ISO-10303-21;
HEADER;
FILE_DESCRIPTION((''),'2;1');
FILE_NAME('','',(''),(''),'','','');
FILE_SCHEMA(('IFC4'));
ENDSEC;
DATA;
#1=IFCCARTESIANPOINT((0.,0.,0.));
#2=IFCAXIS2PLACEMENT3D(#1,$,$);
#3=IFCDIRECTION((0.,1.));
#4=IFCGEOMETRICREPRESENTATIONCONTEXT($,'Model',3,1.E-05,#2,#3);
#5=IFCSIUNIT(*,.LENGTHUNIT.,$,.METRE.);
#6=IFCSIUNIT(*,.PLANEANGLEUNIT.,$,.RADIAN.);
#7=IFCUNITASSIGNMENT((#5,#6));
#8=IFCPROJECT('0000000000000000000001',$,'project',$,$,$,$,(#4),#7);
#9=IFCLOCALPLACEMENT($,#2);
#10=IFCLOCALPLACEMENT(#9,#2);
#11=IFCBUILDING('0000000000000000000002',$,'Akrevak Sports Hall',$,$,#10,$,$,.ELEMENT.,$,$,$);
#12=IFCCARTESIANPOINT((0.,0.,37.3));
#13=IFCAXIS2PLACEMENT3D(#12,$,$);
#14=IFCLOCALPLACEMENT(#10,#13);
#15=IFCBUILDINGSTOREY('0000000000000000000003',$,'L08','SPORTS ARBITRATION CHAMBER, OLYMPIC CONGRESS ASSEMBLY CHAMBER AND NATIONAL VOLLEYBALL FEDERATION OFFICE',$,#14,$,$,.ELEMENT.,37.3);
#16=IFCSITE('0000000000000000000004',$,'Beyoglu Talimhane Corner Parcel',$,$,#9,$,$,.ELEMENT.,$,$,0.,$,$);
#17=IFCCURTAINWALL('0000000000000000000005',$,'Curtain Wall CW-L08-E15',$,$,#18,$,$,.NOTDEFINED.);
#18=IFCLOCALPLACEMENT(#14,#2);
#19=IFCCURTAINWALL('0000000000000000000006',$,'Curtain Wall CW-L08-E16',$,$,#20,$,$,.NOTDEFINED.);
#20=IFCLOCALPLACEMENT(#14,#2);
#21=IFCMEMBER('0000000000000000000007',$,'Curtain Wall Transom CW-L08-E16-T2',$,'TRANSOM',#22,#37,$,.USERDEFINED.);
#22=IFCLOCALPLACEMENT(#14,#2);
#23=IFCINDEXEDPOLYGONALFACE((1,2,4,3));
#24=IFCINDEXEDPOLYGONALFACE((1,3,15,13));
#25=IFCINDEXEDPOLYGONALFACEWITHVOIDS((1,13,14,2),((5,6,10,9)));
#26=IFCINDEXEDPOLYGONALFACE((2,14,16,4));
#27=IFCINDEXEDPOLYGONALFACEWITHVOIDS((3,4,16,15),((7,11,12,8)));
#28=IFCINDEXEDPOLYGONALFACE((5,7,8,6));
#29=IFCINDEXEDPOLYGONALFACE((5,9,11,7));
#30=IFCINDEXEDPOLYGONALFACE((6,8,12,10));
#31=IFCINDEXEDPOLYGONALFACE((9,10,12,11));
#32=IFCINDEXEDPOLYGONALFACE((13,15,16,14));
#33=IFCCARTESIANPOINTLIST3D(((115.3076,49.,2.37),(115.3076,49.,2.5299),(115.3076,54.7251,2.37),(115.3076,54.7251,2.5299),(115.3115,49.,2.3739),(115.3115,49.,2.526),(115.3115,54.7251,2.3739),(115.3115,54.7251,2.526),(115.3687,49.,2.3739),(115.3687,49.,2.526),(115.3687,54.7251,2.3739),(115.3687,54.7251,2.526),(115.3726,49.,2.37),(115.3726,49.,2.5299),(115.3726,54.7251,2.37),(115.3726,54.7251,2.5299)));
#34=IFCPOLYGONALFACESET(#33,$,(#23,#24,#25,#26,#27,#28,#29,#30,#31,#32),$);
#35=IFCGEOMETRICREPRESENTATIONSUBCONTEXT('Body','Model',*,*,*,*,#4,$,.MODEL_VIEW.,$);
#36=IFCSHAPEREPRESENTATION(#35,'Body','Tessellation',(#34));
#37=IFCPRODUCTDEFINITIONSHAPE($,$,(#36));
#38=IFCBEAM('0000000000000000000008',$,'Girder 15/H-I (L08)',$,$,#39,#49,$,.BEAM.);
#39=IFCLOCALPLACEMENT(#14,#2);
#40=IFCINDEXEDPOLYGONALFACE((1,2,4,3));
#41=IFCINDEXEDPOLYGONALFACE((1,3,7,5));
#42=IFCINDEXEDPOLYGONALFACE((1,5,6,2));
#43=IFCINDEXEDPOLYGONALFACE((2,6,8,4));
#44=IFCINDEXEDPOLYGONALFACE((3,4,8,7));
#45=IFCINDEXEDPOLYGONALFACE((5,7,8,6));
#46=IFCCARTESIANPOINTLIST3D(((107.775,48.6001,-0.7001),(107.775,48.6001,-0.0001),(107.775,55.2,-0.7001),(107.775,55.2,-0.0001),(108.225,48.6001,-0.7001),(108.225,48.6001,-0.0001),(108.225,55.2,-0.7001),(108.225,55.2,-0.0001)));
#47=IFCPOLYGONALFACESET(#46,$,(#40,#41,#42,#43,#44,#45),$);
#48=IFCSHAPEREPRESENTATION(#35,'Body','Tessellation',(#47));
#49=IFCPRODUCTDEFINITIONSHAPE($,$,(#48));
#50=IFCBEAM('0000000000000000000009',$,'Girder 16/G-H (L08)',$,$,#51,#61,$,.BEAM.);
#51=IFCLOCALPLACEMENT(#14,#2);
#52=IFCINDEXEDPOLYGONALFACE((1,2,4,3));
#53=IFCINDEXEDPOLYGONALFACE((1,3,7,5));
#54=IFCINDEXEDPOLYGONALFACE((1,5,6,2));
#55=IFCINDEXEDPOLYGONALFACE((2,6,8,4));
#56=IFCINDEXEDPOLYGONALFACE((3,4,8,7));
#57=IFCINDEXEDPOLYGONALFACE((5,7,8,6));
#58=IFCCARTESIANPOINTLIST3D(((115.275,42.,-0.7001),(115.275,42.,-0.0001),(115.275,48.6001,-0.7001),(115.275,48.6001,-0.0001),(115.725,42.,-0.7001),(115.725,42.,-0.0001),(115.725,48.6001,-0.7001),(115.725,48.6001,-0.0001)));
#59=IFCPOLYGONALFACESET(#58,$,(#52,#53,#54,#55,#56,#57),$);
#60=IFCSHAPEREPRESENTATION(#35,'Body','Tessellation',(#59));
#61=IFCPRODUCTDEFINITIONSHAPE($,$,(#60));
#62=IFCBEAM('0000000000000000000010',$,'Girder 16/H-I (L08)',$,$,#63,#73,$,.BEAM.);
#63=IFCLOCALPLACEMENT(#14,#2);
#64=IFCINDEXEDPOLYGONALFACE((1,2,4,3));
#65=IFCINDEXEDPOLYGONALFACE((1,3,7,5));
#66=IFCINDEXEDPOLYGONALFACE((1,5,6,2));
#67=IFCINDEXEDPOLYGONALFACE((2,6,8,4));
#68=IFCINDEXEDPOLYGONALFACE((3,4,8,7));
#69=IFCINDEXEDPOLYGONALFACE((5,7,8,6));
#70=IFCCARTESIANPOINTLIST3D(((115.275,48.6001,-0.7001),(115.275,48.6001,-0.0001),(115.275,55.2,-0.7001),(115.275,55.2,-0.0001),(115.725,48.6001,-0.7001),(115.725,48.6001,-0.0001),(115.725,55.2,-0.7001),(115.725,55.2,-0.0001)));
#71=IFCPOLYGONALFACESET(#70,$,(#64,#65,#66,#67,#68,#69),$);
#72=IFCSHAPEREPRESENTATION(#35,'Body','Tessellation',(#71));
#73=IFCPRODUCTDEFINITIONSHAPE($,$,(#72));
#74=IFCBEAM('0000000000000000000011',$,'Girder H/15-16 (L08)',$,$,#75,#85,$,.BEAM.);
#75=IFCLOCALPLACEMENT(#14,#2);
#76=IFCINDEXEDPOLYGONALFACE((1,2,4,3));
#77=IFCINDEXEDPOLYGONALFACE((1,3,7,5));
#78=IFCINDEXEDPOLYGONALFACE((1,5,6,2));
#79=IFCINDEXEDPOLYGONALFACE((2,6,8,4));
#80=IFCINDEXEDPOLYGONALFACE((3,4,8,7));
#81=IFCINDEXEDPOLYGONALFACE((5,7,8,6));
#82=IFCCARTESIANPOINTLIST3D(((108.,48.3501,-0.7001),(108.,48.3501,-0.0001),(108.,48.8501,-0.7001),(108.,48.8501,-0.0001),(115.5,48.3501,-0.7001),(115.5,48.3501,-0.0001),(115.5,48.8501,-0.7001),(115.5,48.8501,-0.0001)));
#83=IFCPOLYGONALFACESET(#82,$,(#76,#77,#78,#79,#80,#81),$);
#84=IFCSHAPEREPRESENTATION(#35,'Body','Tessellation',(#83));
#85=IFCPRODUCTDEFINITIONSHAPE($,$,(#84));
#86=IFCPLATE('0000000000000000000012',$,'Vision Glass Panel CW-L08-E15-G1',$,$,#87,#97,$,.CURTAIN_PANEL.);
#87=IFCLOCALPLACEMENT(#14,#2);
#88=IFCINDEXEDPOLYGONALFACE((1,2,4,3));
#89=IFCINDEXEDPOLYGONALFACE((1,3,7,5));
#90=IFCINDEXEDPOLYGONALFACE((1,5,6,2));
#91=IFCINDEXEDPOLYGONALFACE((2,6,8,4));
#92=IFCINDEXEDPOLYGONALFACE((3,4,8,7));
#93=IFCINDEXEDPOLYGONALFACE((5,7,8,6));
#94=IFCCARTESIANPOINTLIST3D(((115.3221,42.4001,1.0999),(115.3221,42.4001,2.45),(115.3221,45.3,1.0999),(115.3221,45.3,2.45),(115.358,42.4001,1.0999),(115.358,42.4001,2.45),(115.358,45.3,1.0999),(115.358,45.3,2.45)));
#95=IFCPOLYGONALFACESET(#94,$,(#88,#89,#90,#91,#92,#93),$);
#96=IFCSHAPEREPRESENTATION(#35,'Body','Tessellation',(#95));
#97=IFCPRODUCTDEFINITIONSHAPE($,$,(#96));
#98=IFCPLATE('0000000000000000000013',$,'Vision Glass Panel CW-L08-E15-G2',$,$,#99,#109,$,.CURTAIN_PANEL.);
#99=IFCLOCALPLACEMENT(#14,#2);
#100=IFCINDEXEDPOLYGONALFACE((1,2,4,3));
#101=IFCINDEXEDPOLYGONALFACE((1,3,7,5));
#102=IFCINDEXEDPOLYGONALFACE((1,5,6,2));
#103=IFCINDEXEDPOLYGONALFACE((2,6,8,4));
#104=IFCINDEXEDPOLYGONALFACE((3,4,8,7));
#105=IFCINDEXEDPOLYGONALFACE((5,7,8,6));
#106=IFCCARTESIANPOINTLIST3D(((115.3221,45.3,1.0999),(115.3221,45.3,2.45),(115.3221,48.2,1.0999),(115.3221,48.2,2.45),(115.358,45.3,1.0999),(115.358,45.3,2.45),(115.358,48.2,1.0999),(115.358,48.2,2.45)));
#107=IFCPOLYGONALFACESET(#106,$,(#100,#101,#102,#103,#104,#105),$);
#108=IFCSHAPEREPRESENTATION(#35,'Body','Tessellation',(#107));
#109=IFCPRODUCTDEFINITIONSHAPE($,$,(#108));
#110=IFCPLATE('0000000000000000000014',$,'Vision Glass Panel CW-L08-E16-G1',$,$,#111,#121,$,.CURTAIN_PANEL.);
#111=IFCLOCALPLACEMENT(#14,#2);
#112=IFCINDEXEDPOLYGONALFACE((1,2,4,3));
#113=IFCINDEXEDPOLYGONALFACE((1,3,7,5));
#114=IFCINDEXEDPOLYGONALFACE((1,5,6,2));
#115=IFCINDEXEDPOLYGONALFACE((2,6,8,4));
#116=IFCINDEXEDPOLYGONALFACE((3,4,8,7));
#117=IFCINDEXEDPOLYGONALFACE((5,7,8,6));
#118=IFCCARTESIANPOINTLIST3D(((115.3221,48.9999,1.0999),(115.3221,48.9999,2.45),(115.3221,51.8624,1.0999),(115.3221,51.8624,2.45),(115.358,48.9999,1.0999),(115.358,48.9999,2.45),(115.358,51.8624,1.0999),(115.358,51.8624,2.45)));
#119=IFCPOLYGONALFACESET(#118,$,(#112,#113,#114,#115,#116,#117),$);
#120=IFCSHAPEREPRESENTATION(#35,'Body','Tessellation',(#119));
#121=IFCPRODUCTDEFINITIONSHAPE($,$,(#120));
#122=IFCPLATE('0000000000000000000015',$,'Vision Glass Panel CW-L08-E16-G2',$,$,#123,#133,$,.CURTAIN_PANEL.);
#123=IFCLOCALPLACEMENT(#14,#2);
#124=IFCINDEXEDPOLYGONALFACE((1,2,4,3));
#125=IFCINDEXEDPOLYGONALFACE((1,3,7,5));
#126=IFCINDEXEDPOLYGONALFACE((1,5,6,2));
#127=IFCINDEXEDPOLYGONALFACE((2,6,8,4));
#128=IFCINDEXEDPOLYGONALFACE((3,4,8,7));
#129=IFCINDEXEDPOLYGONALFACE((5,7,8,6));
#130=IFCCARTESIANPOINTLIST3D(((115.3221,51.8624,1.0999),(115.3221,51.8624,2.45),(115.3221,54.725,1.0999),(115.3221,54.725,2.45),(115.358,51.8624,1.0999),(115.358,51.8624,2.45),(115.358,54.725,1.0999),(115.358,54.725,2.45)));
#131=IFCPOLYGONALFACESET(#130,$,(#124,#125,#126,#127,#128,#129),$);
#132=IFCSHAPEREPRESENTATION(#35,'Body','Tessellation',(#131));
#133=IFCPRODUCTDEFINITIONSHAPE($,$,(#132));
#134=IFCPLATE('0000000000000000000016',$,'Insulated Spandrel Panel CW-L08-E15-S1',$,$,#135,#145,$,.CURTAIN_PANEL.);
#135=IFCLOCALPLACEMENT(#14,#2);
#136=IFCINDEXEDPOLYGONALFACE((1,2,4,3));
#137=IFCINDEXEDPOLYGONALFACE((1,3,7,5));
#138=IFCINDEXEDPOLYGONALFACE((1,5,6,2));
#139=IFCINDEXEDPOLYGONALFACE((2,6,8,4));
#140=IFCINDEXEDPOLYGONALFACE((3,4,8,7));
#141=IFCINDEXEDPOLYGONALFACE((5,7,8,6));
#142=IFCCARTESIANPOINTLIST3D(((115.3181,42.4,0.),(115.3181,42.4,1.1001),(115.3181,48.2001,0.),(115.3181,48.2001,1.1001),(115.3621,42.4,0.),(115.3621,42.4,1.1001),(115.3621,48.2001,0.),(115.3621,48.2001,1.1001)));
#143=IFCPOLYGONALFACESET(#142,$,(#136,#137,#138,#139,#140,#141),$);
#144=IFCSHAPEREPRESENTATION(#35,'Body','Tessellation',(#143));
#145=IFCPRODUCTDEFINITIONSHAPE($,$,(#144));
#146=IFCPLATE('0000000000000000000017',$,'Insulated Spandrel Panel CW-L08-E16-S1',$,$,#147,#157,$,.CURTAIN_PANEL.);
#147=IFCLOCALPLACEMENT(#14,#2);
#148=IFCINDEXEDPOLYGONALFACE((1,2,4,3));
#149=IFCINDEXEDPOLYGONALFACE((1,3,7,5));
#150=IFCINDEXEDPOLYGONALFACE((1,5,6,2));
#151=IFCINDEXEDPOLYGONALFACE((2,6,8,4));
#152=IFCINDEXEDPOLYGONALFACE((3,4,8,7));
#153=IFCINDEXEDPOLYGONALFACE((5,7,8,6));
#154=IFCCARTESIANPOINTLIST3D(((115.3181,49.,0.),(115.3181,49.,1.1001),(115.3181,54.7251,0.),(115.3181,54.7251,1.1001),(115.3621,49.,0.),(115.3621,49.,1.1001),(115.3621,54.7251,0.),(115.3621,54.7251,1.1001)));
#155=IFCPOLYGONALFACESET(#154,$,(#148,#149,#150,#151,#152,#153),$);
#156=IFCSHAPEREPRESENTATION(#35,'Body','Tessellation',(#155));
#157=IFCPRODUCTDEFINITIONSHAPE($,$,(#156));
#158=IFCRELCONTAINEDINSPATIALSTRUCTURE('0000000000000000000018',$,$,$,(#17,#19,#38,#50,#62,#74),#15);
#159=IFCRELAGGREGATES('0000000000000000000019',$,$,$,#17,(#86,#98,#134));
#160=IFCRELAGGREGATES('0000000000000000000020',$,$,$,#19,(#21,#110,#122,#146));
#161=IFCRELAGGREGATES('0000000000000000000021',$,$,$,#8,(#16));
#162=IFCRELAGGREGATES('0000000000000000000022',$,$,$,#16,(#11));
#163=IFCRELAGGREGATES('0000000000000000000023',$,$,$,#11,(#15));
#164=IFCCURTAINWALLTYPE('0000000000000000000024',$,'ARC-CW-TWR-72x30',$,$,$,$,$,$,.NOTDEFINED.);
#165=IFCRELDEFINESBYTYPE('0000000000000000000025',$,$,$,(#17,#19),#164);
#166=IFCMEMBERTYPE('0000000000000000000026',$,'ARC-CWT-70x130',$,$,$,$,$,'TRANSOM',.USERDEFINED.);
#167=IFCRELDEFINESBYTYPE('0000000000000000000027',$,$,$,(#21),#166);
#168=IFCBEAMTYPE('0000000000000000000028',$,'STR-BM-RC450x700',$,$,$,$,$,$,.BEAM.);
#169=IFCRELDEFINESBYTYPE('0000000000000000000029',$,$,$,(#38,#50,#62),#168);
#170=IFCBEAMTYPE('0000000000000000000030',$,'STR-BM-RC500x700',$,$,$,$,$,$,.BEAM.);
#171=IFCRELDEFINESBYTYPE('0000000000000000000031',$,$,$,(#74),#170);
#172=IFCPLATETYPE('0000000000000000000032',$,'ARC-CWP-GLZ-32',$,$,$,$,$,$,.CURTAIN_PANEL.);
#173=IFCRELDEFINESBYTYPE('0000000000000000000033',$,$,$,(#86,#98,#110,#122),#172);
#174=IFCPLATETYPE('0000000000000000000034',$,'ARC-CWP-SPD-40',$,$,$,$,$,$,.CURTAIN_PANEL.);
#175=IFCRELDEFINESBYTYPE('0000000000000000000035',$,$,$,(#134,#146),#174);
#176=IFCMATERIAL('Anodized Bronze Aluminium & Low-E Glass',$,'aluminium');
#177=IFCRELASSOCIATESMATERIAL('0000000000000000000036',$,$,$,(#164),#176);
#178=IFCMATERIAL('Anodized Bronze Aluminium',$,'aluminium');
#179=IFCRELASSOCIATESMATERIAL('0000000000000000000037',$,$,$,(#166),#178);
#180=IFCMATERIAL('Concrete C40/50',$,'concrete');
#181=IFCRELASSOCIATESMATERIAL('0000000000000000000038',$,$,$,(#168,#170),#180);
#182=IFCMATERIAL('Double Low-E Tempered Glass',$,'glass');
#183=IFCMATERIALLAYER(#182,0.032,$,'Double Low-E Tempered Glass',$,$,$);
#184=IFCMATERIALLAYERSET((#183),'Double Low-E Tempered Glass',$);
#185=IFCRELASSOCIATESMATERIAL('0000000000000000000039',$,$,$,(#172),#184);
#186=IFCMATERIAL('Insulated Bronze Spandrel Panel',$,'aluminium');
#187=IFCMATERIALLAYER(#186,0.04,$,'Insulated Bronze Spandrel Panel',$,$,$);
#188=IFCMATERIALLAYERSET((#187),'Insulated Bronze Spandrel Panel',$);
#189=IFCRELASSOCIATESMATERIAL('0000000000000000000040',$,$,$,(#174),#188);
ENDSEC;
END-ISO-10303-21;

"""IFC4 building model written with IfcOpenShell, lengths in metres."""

from ifc_helpers import new_model, si_unit, direction, frame, origin, origin_2d, place, context, subcontext, project, spatial, rectangle, hollow_rectangle, extrude, material, layer, layer_set, material_profile, profile_set, type_object, element, aggregate, save


model = new_model("IFC4")

# Units and contexts
model_context = context("Model", 3, precision=1e-05, world=origin(), true_north=direction((0.0, 1.0)))
body_context = subcontext(model_context, "Body", "Model", "MODEL_VIEW")
ifc_project = project(units=[si_unit("LENGTHUNIT", "METRE"), si_unit("PLANEANGLEUNIT", "RADIAN")], contexts=[model_context])

# Site, building, storey
site_placement = place(None, origin())
site = spatial("IfcSite", under=ifc_project, at=site_placement, Name="Beyoglu Talimhane Corner Parcel", CompositionType="ELEMENT", RefElevation=0.0)
building_placement = place(site_placement, origin())
building = spatial("IfcBuilding", under=site, at=building_placement, Name="Akrevak Sports Hall", CompositionType="ELEMENT")
storey_placement = place(building_placement, frame((0.0, 0.0, 37.3)))
storey = spatial("IfcBuildingStorey", under=building, at=storey_placement, Name="L08", Description="SPORTS ARBITRATION CHAMBER, OLYMPIC CONGRESS ASSEMBLY CHAMBER AND NATIONAL VOLLEYBALL FEDERATION OFFICE", CompositionType="ELEMENT", Elevation=37.3)

# Shared definitions
ifc_material_1 = material(Name="Concrete C40/50", Category="concrete")

# Curtain walls
ifc_material_2 = material(Name="Anodized Bronze Aluminium & Low-E Glass", Category="aluminium")
curtain_wall_type = type_object("IfcCurtainWallType", Name="ARC-CW-TWR-72x30", PredefinedType="NOTDEFINED", material=ifc_material_2)
curtain_wall_1_placement = place(storey_placement, origin())
curtain_wall_1 = element("IfcCurtainWall", 1, at=curtain_wall_1_placement, inside=storey, type_object=curtain_wall_type, Name="Curtain Wall CW-L08-E15", PredefinedType="NOTDEFINED")
ifc_material_3 = material(Name="Anodized Bronze Aluminium", Category="aluminium")
curtain_wall_2_placement = place(storey_placement, origin())
curtain_wall_2 = element("IfcCurtainWall", 2, at=curtain_wall_2_placement, inside=storey, type_object=curtain_wall_type, Name="Curtain Wall CW-L08-E16", PredefinedType="NOTDEFINED")

# Member
ifc_material_profile_1 = material_profile(ifc_material_3, hollow_rectangle(XDim=0.0649, YDim=0.1599, WallThickness=0.0039, at=origin_2d()), Name="CWT 65x160", Category="aluminium")
ifc_profile_set_1 = profile_set([ifc_material_profile_1], Name="Anodized Bronze Aluminium")
member_type_1 = type_object("IfcMemberType", Name="ARC-CWT-70x130", ElementType="TRANSOM", PredefinedType="USERDEFINED", material=ifc_profile_set_1)
member_1_placement = place(storey_placement, frame((115.3401, 49.0, 2.45), z_axis=(0.0, 1.0, 0.0), x_axis=(-1.0, 0.0, 0.0)))
member_1 = element("IfcMember", 3, at=member_1_placement, type_object=member_type_1, Name="Curtain Wall Transom CW-L08-E16-T2", ObjectType="TRANSOM", PredefinedType="USERDEFINED", context=body_context, shape_type="SweptSolid", body=[
    extrude(hollow_rectangle(XDim=0.0649, YDim=0.1599, WallThickness=0.0039, at=origin_2d()), origin(), (0.0, 0.0, 1.0), 5.7251),
])

# Beams
ifc_material_profile_2 = material_profile(ifc_material_1, rectangle(XDim=0.45, YDim=0.7, at=origin_2d()), Name="BM 450x700", Category="concrete")
ifc_profile_set_2 = profile_set([ifc_material_profile_2], Name="Concrete C40/50")
beam_type_1 = type_object("IfcBeamType", Name="STR-BM-RC450x700", PredefinedType="BEAM", material=ifc_profile_set_2)
beam_1_placement = place(storey_placement, frame((108.0, 48.6001, -0.3501), z_axis=(0.0, 1.0, 0.0), x_axis=(-1.0, 0.0, 0.0)))
element("IfcBeam", 4, at=beam_1_placement, inside=storey, type_object=beam_type_1, Name="Girder 15/H-I (L08)", PredefinedType="BEAM", context=body_context, shape_type="SweptSolid", body=[
    extrude(rectangle(XDim=0.45, YDim=0.7, at=origin_2d()), origin(), (0.0, 0.0, 1.0), 6.5999),
])
beam_2_placement = place(storey_placement, frame((115.5, 42.0, -0.3501), z_axis=(0.0, 1.0, 0.0), x_axis=(-1.0, 0.0, 0.0)))
element("IfcBeam", 5, at=beam_2_placement, inside=storey, type_object=beam_type_1, Name="Girder 16/G-H (L08)", PredefinedType="BEAM", context=body_context, shape_type="SweptSolid", body=[
    extrude(rectangle(XDim=0.45, YDim=0.7, at=origin_2d()), origin(), (0.0, 0.0, 1.0), 6.6001),
])
beam_3_placement = place(storey_placement, frame((115.5, 48.6001, -0.3501), z_axis=(0.0, 1.0, 0.0), x_axis=(-1.0, 0.0, 0.0)))
element("IfcBeam", 6, at=beam_3_placement, inside=storey, type_object=beam_type_1, Name="Girder 16/H-I (L08)", PredefinedType="BEAM", context=body_context, shape_type="SweptSolid", body=[
    extrude(rectangle(XDim=0.45, YDim=0.7, at=origin_2d()), origin(), (0.0, 0.0, 1.0), 6.5999),
])
ifc_material_profile_3 = material_profile(ifc_material_1, rectangle(XDim=0.5, YDim=0.7, at=origin_2d()), Name="BM 500x700", Category="concrete")
ifc_profile_set_3 = profile_set([ifc_material_profile_3], Name="Concrete C40/50")
beam_type_2 = type_object("IfcBeamType", Name="STR-BM-RC500x700", PredefinedType="BEAM", material=ifc_profile_set_3)
beam_4_placement = place(storey_placement, frame((108.0, 48.6001, -0.3501), z_axis=(1.0, 0.0, 0.0), x_axis=(0.0, 1.0, 0.0)))
element("IfcBeam", 7, at=beam_4_placement, inside=storey, type_object=beam_type_2, Name="Girder H/15-16 (L08)", PredefinedType="BEAM", context=body_context, shape_type="SweptSolid", body=[
    extrude(rectangle(XDim=0.5, YDim=0.7, at=origin_2d()), origin(), (0.0, 0.0, 1.0), 7.5),
])

# Plates
ifc_material_4 = material(Name="Double Low-E Tempered Glass", Category="glass")
ifc_layer_1 = layer(ifc_material_4, 0.032, Name="Double Low-E Tempered Glass")
ifc_layer_set_1 = layer_set([ifc_layer_1], Name="Double Low-E Tempered Glass")
plate_type_1 = type_object("IfcPlateType", Name="ARC-CWP-GLZ-32", PredefinedType="CURTAIN_PANEL", material=ifc_layer_set_1)
plate_1_placement = place(storey_placement, frame((115.3401, 43.8501, 1.0999), z_axis=(0.0, 0.0, 1.0), x_axis=(0.0, 1.0, 0.0)))
plate_1 = element("IfcPlate", 8, at=plate_1_placement, type_object=plate_type_1, Name="Vision Glass Panel CW-L08-E15-G1", PredefinedType="CURTAIN_PANEL", context=body_context, shape_type="SweptSolid", body=[
    extrude(rectangle(XDim=2.8999, YDim=0.0359, at=origin_2d()), origin(), (0.0, 0.0, 1.0), 1.3501),
])
plate_2_placement = place(storey_placement, frame((115.3401, 46.75, 1.0999), z_axis=(0.0, 0.0, 1.0), x_axis=(0.0, 1.0, 0.0)))
plate_2 = element("IfcPlate", 9, at=plate_2_placement, type_object=plate_type_1, Name="Vision Glass Panel CW-L08-E15-G2", PredefinedType="CURTAIN_PANEL", context=body_context, shape_type="SweptSolid", body=[
    extrude(rectangle(XDim=2.8999, YDim=0.0359, at=origin_2d()), origin(), (0.0, 0.0, 1.0), 1.3501),
])
plate_3_placement = place(storey_placement, frame((115.3401, 50.4312, 1.0999), z_axis=(0.0, 0.0, 1.0), x_axis=(0.0, 1.0, 0.0)))
plate_3 = element("IfcPlate", 10, at=plate_3_placement, type_object=plate_type_1, Name="Vision Glass Panel CW-L08-E16-G1", PredefinedType="CURTAIN_PANEL", context=body_context, shape_type="SweptSolid", body=[
    extrude(rectangle(XDim=2.8625, YDim=0.0359, at=origin_2d()), origin(), (0.0, 0.0, 1.0), 1.3501),
])
plate_4_placement = place(storey_placement, frame((115.3401, 53.2937, 1.0999), z_axis=(0.0, 0.0, 1.0), x_axis=(0.0, 1.0, 0.0)))
plate_4 = element("IfcPlate", 11, at=plate_4_placement, type_object=plate_type_1, Name="Vision Glass Panel CW-L08-E16-G2", PredefinedType="CURTAIN_PANEL", context=body_context, shape_type="SweptSolid", body=[
    extrude(rectangle(XDim=2.8625, YDim=0.0359, at=origin_2d()), origin(), (0.0, 0.0, 1.0), 1.3501),
])
ifc_material_5 = material(Name="Insulated Bronze Spandrel Panel", Category="aluminium")
ifc_layer_2 = layer(ifc_material_5, 0.04, Name="Insulated Bronze Spandrel Panel")
ifc_layer_set_2 = layer_set([ifc_layer_2], Name="Insulated Bronze Spandrel Panel")
plate_type_2 = type_object("IfcPlateType", Name="ARC-CWP-SPD-40", PredefinedType="CURTAIN_PANEL", material=ifc_layer_set_2)
plate_5_placement = place(storey_placement, frame((115.3401, 45.3, 0.0), z_axis=(0.0, 0.0, 1.0), x_axis=(0.0, 1.0, 0.0)))
plate_5 = element("IfcPlate", 12, at=plate_5_placement, type_object=plate_type_2, Name="Insulated Spandrel Panel CW-L08-E15-S1", PredefinedType="CURTAIN_PANEL", context=body_context, shape_type="SweptSolid", body=[
    extrude(rectangle(XDim=5.8, YDim=0.0439, at=origin_2d()), origin(), (0.0, 0.0, 1.0), 1.1001),
])
aggregate(curtain_wall_1, [plate_1, plate_2, plate_5])
plate_6_placement = place(storey_placement, frame((115.3401, 51.8625, 0.0), z_axis=(0.0, 0.0, 1.0), x_axis=(0.0, 1.0, 0.0)))
plate_6 = element("IfcPlate", 13, at=plate_6_placement, type_object=plate_type_2, Name="Insulated Spandrel Panel CW-L08-E16-S1", PredefinedType="CURTAIN_PANEL", context=body_context, shape_type="SweptSolid", body=[
    extrude(rectangle(XDim=5.7251, YDim=0.0439, at=origin_2d()), origin(), (0.0, 0.0, 1.0), 1.1001),
])
aggregate(curtain_wall_2, [member_1, plate_3, plate_4, plate_6])

save(model, "model.ifc")
